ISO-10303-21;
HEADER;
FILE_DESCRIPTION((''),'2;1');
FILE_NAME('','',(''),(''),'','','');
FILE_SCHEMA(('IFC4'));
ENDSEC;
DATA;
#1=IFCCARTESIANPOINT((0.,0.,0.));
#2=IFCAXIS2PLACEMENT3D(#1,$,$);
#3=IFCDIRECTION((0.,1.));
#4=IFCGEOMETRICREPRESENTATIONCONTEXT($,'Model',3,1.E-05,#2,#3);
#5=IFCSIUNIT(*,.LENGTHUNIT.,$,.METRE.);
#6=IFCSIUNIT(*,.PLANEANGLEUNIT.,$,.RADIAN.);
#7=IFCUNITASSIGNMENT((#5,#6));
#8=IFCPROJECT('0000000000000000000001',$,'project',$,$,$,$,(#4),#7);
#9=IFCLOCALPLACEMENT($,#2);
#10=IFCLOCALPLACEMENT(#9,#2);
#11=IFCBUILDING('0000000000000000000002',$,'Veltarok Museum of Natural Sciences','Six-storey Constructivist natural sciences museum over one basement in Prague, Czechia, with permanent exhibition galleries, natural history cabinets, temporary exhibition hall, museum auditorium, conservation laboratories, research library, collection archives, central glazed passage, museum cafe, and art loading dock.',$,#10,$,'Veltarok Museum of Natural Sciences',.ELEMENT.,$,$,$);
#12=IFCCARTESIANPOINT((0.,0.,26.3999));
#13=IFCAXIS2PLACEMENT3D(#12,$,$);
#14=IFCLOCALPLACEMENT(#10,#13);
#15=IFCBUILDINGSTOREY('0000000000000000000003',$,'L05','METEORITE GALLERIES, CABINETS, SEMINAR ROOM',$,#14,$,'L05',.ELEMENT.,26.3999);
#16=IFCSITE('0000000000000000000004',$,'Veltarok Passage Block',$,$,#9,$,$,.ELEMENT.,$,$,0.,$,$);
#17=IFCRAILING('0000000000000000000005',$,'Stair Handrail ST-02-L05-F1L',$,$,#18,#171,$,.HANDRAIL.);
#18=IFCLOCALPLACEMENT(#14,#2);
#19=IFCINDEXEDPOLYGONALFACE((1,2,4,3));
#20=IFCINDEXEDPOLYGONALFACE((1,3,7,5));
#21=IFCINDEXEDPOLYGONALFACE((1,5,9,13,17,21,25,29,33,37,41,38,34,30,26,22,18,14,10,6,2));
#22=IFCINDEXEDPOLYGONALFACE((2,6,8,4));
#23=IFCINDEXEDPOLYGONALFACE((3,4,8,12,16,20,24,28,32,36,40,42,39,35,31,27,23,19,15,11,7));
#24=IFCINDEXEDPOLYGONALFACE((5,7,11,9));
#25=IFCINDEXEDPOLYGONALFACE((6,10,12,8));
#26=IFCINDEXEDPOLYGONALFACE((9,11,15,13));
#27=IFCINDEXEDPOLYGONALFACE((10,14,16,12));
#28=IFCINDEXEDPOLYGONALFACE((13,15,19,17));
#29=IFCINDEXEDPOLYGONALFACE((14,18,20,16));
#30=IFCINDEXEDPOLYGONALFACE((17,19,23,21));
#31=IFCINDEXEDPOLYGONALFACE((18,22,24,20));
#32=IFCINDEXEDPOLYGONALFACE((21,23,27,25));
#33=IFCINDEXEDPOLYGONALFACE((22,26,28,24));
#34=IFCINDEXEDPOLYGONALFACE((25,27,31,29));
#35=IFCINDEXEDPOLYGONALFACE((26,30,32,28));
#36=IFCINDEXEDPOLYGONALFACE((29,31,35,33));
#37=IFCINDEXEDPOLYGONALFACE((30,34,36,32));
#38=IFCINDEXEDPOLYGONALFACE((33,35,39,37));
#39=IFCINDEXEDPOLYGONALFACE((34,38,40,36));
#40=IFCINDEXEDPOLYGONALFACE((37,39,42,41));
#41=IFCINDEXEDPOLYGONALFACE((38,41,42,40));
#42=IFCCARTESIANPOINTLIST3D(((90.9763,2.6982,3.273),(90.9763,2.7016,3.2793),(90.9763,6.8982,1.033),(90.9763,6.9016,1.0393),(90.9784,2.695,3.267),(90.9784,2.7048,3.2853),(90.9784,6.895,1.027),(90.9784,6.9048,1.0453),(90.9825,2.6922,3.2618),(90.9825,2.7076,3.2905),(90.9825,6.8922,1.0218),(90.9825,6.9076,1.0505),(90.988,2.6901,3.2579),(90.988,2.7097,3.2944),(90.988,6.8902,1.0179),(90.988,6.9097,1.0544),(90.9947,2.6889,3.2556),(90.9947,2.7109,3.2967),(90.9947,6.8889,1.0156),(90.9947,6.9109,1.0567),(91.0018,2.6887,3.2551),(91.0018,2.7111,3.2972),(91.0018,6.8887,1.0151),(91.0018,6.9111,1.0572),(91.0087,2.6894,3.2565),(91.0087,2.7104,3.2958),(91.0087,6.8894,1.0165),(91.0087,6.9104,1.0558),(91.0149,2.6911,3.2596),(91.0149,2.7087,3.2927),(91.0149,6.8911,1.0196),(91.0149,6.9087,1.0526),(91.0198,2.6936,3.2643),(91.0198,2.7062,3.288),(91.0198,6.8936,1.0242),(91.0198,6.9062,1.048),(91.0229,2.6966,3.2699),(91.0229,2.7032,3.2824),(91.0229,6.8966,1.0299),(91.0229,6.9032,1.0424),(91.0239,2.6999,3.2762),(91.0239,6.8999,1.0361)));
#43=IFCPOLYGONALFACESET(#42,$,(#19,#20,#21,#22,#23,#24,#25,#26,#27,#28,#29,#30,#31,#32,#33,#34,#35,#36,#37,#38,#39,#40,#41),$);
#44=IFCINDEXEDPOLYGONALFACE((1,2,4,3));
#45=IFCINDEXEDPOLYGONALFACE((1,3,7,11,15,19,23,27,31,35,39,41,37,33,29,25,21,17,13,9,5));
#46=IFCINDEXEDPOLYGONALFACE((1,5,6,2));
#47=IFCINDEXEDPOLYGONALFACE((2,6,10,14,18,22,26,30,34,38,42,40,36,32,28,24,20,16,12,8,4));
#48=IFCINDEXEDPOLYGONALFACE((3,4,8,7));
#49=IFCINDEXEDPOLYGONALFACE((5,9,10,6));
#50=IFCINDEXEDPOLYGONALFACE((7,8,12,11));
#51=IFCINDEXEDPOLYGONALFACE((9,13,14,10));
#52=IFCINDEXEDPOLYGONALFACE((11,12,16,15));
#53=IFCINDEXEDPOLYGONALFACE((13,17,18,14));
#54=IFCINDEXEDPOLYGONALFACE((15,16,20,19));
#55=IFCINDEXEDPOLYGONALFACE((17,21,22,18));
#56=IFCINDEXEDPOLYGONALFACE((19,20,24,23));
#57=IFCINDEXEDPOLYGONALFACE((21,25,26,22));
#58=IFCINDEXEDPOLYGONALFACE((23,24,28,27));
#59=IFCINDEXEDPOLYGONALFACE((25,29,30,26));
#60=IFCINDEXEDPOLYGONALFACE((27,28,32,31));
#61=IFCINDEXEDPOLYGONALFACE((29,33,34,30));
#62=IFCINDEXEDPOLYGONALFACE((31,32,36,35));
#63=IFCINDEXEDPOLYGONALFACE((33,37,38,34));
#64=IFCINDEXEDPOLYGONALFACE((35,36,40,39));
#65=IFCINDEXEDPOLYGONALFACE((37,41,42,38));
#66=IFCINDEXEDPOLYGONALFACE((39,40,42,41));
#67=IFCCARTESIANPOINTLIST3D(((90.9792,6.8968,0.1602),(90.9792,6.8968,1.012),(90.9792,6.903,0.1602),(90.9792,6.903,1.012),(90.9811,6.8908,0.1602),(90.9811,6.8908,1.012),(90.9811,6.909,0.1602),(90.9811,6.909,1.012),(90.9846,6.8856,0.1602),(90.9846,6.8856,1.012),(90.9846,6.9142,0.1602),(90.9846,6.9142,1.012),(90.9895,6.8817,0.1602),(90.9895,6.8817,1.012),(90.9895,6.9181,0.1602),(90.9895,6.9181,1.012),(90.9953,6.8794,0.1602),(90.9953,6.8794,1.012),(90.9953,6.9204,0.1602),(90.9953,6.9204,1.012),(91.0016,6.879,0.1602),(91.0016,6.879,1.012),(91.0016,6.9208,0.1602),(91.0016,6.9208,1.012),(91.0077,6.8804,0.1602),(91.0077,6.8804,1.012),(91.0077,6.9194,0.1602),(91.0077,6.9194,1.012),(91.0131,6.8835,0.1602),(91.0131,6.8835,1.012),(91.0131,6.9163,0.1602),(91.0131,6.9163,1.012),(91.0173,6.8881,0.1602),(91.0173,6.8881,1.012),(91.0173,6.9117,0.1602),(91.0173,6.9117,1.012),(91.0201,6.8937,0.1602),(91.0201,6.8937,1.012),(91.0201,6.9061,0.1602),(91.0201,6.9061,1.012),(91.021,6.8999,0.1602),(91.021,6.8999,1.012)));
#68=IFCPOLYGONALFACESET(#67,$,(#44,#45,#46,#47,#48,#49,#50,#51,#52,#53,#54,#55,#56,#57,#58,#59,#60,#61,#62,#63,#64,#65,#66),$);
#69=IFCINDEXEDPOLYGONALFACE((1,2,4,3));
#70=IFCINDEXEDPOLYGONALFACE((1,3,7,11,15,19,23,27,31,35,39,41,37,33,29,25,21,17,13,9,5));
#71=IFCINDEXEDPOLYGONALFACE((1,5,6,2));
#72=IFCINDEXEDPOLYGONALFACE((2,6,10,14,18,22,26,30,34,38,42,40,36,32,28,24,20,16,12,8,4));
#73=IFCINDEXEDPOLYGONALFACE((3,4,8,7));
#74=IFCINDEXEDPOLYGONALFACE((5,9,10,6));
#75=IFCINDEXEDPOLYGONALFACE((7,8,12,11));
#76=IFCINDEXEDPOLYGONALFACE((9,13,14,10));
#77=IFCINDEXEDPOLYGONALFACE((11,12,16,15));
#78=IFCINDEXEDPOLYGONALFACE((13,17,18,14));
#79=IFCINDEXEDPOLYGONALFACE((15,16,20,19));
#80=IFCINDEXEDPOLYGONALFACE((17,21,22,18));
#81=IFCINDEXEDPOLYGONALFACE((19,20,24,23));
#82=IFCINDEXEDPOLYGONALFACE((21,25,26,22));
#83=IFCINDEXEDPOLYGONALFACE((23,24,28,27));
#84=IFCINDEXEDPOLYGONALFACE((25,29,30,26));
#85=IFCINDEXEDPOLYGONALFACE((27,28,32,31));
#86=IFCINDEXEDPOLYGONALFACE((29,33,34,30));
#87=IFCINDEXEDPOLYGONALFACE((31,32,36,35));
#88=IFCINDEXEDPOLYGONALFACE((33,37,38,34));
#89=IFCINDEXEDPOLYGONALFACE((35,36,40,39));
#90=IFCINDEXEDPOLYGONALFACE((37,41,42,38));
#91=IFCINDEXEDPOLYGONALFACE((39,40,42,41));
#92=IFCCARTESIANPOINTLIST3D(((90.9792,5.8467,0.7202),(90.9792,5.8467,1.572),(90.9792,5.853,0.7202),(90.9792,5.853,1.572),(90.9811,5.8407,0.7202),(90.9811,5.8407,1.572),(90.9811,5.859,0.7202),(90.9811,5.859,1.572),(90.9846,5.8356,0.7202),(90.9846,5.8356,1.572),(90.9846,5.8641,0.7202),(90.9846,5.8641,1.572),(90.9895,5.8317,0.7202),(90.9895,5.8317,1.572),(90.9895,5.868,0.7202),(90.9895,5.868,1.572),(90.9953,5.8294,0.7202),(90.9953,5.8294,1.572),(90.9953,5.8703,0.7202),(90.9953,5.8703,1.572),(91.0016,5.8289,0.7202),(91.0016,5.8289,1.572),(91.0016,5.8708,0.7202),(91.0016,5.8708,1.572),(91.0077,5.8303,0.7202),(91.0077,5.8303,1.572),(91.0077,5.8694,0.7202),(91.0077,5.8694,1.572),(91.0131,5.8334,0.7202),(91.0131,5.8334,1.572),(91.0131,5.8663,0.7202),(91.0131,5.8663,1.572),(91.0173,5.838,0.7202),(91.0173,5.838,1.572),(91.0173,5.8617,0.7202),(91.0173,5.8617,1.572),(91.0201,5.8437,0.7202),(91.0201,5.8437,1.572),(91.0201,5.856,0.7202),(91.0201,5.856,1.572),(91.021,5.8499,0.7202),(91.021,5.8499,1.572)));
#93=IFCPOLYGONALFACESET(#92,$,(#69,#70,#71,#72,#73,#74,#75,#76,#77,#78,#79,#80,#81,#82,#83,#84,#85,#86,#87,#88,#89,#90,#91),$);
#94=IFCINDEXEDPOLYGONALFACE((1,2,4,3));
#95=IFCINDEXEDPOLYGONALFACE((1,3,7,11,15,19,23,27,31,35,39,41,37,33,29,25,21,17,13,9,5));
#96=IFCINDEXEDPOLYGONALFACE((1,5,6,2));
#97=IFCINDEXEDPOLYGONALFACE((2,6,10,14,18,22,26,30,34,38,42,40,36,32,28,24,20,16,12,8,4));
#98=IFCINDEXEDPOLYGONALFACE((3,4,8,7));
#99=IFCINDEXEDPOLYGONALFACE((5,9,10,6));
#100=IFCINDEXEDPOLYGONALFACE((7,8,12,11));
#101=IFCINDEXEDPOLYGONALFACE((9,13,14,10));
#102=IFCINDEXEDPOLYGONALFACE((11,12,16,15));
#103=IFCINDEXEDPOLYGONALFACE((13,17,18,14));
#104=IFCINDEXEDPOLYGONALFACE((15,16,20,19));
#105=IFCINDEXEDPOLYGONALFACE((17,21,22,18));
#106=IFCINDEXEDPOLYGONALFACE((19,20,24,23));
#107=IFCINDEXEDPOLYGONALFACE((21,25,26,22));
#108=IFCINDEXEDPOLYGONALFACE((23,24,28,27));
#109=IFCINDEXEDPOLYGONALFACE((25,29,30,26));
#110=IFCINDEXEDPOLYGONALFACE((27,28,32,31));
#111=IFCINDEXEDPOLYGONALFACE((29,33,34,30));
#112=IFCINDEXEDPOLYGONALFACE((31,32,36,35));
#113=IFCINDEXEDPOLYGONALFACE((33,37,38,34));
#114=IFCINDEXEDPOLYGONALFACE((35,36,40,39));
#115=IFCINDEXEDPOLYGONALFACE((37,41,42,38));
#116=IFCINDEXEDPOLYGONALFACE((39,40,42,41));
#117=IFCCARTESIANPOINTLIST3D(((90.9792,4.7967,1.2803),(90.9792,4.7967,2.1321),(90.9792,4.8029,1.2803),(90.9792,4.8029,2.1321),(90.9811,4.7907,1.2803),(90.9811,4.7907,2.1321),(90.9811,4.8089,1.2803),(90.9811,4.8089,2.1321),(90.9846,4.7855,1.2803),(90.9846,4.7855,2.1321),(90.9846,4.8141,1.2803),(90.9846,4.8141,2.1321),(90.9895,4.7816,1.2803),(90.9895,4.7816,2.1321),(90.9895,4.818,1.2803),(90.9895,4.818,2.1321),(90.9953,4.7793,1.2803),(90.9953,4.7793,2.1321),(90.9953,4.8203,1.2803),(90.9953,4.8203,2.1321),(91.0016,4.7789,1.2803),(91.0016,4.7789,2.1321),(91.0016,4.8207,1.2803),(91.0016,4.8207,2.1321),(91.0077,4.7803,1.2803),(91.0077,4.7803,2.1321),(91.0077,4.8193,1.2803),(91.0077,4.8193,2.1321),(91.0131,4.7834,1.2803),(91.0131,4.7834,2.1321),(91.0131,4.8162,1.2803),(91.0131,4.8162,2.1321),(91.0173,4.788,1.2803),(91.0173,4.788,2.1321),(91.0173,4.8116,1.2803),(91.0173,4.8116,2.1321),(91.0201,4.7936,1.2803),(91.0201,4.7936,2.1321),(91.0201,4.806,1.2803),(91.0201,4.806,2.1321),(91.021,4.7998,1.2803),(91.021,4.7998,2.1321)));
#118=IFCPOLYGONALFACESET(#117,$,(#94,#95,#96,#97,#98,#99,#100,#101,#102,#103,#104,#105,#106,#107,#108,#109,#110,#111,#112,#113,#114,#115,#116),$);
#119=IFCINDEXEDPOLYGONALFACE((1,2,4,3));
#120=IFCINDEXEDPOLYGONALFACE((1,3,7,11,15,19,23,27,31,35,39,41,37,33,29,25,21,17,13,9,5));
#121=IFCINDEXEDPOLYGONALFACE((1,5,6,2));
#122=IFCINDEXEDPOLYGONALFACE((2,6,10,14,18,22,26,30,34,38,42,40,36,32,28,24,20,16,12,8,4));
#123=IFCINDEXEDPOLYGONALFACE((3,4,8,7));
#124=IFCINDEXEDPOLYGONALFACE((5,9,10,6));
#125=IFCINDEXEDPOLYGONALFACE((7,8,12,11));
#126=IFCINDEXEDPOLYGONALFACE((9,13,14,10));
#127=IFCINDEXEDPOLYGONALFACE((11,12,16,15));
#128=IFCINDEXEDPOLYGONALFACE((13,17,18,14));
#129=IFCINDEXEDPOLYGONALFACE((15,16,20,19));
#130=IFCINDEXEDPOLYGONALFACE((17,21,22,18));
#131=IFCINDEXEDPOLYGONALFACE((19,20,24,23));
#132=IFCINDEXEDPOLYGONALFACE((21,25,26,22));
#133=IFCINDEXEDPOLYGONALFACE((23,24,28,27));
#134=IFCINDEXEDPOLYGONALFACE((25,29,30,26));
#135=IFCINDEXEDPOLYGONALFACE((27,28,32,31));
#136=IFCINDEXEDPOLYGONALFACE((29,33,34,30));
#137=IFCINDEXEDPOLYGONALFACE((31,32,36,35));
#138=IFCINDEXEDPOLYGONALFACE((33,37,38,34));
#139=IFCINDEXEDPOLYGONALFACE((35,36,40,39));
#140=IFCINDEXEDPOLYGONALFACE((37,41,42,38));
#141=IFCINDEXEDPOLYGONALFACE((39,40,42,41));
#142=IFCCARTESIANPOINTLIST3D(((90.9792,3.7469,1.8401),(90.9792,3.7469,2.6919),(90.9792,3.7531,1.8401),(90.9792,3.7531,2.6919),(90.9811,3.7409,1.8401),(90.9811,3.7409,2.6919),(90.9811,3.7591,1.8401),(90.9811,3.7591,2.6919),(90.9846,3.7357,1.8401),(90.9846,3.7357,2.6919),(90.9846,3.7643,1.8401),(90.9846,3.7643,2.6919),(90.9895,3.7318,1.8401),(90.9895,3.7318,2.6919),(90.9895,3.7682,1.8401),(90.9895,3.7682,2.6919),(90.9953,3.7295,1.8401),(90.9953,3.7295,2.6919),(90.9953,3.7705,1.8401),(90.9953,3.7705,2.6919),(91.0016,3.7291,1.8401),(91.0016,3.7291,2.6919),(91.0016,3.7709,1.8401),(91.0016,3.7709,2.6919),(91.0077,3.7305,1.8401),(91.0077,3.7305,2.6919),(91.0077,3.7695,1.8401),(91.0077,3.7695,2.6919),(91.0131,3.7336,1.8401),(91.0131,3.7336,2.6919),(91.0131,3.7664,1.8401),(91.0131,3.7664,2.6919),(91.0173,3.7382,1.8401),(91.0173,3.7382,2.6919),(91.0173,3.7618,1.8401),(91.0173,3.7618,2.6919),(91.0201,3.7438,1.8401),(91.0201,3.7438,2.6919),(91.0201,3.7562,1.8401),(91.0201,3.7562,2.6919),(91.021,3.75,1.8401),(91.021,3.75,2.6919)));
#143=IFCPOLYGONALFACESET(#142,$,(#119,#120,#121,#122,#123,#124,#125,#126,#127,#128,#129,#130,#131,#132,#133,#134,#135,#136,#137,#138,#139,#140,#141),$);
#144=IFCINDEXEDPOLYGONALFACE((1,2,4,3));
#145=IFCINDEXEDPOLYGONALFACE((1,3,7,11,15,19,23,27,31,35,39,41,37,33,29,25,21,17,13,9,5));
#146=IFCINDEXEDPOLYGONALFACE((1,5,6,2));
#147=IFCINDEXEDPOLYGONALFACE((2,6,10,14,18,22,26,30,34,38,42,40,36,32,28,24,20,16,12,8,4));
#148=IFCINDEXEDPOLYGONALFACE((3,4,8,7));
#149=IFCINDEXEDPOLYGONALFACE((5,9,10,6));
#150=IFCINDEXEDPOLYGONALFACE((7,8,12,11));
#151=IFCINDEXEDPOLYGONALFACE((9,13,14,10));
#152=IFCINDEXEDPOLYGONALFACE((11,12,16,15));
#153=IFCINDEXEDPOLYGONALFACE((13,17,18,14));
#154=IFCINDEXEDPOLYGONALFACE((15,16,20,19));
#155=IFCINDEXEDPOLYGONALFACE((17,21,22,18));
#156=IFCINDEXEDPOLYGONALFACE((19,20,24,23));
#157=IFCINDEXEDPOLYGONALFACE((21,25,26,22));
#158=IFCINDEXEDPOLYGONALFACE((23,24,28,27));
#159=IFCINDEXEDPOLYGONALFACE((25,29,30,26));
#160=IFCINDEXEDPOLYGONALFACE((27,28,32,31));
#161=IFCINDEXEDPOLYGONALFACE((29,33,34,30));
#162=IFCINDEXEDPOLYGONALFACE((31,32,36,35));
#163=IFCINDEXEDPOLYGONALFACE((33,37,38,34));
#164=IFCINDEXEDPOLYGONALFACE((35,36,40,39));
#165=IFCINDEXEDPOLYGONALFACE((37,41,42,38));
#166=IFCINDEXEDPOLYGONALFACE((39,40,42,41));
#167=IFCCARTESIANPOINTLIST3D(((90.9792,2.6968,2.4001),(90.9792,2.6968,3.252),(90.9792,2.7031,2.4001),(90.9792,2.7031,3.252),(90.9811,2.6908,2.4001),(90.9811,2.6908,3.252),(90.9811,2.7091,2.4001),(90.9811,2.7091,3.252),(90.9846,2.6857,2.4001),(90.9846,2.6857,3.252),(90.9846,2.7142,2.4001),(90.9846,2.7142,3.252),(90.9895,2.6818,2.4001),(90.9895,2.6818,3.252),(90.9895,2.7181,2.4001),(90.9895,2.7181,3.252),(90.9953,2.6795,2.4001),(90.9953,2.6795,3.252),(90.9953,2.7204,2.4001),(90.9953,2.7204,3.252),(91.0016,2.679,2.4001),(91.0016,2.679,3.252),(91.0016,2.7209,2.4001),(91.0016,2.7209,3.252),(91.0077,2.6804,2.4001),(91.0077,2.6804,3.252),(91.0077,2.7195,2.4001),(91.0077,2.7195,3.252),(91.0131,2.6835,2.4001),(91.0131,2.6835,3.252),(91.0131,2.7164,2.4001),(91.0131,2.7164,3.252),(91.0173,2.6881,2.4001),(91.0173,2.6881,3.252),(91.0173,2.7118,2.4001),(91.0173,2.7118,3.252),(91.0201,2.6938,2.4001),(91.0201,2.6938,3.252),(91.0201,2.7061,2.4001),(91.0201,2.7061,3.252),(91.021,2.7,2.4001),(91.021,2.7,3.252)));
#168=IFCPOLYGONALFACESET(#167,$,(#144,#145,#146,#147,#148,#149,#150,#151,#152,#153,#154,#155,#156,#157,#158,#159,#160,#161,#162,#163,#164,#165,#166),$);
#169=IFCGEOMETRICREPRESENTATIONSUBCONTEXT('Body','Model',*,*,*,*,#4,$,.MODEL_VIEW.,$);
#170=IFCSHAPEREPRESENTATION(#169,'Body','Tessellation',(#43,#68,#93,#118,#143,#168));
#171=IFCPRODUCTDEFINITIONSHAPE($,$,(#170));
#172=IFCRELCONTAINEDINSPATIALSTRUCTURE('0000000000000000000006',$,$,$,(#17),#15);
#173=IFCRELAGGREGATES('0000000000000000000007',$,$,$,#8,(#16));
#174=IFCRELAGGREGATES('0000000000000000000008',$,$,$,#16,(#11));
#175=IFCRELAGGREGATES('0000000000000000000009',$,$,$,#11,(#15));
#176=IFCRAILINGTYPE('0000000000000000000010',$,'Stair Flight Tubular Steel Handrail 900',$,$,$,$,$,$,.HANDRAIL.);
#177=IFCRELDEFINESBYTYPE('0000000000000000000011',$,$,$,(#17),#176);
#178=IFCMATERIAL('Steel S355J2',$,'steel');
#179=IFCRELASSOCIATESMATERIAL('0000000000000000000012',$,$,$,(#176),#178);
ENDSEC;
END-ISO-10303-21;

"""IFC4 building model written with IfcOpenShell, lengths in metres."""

from ifc_helpers import new_model, si_unit, direction, frame, origin, origin_2d, place, context, subcontext, project, spatial, circle, extrude, material, type_object, element, save


model = new_model("IFC4")

# Units and contexts
model_context = context("Model", 3, precision=1e-05, world=origin(), true_north=direction((0.0, 1.0)))
body_context = subcontext(model_context, "Body", "Model", "MODEL_VIEW")
ifc_project = project(units=[si_unit("LENGTHUNIT", "METRE"), si_unit("PLANEANGLEUNIT", "RADIAN")], contexts=[model_context])

# Site, building, storey
site_placement = place(None, origin())
site = spatial("IfcSite", under=ifc_project, at=site_placement, Name="Veltarok Passage Block", CompositionType="ELEMENT", RefElevation=0.0)
building_placement = place(site_placement, origin())
building = spatial("IfcBuilding", under=site, at=building_placement, Name="Veltarok Museum of Natural Sciences", Description="Six-storey Constructivist natural sciences museum over one basement in Prague, Czechia, with permanent exhibition galleries, natural history cabinets, temporary exhibition hall, museum auditorium, conservation laboratories, research library, collection archives, central glazed passage, museum cafe, and art loading dock.", LongName="Veltarok Museum of Natural Sciences", CompositionType="ELEMENT")
storey_placement = place(building_placement, frame((0.0, 0.0, 26.3999)))
storey = spatial("IfcBuildingStorey", under=building, at=storey_placement, Name="L05", Description="METEORITE GALLERIES, CABINETS, SEMINAR ROOM", LongName="L05", CompositionType="ELEMENT", Elevation=26.3999)

# Shared definitions
ifc_material_1 = material(Name="Steel S355J2", Category="steel")

# Railing
railing_type_1 = type_object("IfcRailingType", Name="Stair Flight Tubular Steel Handrail 900", PredefinedType="HANDRAIL", material=ifc_material_1)
for number, where, name in (
    (1, (91.0, 6.8999, 0.1602), "Stair Handrail ST-02-L05-F1L"),
):
    element("IfcRailing", number, at=place(storey_placement, frame(where)), inside=storey, type_object=railing_type_1, Name=name, PredefinedType="HANDRAIL", context=body_context, shape_type="SweptSolid", body=[
        extrude(circle(Radius=0.0239, at=origin_2d()), frame((0.0, 0.0, 0.876), z_axis=(0.0, -0.882352, 0.470591), x_axis=(1.0, 0.0, 0.0)), (0.0, 0.0, 1.0), 4.76),
        extrude(circle(Radius=0.021, at=origin_2d()), origin(), (0.0, 0.0, 1.0), 0.8518),
        extrude(circle(Radius=0.021, at=origin_2d()), frame((0.0, -1.05, 0.5601)), (0.0, 0.0, 1.0), 0.8518),
        extrude(circle(Radius=0.021, at=origin_2d()), frame((0.0, -2.1001, 1.1201)), (0.0, 0.0, 1.0), 0.8518),
        extrude(circle(Radius=0.021, at=origin_2d()), frame((0.0, -3.1499, 1.6799)), (0.0, 0.0, 1.0), 0.8518),
        extrude(circle(Radius=0.021, at=origin_2d()), frame((0.0, -4.2, 2.24)), (0.0, 0.0, 1.0), 0.8518),
    ])

save(model, "model.ifc")
